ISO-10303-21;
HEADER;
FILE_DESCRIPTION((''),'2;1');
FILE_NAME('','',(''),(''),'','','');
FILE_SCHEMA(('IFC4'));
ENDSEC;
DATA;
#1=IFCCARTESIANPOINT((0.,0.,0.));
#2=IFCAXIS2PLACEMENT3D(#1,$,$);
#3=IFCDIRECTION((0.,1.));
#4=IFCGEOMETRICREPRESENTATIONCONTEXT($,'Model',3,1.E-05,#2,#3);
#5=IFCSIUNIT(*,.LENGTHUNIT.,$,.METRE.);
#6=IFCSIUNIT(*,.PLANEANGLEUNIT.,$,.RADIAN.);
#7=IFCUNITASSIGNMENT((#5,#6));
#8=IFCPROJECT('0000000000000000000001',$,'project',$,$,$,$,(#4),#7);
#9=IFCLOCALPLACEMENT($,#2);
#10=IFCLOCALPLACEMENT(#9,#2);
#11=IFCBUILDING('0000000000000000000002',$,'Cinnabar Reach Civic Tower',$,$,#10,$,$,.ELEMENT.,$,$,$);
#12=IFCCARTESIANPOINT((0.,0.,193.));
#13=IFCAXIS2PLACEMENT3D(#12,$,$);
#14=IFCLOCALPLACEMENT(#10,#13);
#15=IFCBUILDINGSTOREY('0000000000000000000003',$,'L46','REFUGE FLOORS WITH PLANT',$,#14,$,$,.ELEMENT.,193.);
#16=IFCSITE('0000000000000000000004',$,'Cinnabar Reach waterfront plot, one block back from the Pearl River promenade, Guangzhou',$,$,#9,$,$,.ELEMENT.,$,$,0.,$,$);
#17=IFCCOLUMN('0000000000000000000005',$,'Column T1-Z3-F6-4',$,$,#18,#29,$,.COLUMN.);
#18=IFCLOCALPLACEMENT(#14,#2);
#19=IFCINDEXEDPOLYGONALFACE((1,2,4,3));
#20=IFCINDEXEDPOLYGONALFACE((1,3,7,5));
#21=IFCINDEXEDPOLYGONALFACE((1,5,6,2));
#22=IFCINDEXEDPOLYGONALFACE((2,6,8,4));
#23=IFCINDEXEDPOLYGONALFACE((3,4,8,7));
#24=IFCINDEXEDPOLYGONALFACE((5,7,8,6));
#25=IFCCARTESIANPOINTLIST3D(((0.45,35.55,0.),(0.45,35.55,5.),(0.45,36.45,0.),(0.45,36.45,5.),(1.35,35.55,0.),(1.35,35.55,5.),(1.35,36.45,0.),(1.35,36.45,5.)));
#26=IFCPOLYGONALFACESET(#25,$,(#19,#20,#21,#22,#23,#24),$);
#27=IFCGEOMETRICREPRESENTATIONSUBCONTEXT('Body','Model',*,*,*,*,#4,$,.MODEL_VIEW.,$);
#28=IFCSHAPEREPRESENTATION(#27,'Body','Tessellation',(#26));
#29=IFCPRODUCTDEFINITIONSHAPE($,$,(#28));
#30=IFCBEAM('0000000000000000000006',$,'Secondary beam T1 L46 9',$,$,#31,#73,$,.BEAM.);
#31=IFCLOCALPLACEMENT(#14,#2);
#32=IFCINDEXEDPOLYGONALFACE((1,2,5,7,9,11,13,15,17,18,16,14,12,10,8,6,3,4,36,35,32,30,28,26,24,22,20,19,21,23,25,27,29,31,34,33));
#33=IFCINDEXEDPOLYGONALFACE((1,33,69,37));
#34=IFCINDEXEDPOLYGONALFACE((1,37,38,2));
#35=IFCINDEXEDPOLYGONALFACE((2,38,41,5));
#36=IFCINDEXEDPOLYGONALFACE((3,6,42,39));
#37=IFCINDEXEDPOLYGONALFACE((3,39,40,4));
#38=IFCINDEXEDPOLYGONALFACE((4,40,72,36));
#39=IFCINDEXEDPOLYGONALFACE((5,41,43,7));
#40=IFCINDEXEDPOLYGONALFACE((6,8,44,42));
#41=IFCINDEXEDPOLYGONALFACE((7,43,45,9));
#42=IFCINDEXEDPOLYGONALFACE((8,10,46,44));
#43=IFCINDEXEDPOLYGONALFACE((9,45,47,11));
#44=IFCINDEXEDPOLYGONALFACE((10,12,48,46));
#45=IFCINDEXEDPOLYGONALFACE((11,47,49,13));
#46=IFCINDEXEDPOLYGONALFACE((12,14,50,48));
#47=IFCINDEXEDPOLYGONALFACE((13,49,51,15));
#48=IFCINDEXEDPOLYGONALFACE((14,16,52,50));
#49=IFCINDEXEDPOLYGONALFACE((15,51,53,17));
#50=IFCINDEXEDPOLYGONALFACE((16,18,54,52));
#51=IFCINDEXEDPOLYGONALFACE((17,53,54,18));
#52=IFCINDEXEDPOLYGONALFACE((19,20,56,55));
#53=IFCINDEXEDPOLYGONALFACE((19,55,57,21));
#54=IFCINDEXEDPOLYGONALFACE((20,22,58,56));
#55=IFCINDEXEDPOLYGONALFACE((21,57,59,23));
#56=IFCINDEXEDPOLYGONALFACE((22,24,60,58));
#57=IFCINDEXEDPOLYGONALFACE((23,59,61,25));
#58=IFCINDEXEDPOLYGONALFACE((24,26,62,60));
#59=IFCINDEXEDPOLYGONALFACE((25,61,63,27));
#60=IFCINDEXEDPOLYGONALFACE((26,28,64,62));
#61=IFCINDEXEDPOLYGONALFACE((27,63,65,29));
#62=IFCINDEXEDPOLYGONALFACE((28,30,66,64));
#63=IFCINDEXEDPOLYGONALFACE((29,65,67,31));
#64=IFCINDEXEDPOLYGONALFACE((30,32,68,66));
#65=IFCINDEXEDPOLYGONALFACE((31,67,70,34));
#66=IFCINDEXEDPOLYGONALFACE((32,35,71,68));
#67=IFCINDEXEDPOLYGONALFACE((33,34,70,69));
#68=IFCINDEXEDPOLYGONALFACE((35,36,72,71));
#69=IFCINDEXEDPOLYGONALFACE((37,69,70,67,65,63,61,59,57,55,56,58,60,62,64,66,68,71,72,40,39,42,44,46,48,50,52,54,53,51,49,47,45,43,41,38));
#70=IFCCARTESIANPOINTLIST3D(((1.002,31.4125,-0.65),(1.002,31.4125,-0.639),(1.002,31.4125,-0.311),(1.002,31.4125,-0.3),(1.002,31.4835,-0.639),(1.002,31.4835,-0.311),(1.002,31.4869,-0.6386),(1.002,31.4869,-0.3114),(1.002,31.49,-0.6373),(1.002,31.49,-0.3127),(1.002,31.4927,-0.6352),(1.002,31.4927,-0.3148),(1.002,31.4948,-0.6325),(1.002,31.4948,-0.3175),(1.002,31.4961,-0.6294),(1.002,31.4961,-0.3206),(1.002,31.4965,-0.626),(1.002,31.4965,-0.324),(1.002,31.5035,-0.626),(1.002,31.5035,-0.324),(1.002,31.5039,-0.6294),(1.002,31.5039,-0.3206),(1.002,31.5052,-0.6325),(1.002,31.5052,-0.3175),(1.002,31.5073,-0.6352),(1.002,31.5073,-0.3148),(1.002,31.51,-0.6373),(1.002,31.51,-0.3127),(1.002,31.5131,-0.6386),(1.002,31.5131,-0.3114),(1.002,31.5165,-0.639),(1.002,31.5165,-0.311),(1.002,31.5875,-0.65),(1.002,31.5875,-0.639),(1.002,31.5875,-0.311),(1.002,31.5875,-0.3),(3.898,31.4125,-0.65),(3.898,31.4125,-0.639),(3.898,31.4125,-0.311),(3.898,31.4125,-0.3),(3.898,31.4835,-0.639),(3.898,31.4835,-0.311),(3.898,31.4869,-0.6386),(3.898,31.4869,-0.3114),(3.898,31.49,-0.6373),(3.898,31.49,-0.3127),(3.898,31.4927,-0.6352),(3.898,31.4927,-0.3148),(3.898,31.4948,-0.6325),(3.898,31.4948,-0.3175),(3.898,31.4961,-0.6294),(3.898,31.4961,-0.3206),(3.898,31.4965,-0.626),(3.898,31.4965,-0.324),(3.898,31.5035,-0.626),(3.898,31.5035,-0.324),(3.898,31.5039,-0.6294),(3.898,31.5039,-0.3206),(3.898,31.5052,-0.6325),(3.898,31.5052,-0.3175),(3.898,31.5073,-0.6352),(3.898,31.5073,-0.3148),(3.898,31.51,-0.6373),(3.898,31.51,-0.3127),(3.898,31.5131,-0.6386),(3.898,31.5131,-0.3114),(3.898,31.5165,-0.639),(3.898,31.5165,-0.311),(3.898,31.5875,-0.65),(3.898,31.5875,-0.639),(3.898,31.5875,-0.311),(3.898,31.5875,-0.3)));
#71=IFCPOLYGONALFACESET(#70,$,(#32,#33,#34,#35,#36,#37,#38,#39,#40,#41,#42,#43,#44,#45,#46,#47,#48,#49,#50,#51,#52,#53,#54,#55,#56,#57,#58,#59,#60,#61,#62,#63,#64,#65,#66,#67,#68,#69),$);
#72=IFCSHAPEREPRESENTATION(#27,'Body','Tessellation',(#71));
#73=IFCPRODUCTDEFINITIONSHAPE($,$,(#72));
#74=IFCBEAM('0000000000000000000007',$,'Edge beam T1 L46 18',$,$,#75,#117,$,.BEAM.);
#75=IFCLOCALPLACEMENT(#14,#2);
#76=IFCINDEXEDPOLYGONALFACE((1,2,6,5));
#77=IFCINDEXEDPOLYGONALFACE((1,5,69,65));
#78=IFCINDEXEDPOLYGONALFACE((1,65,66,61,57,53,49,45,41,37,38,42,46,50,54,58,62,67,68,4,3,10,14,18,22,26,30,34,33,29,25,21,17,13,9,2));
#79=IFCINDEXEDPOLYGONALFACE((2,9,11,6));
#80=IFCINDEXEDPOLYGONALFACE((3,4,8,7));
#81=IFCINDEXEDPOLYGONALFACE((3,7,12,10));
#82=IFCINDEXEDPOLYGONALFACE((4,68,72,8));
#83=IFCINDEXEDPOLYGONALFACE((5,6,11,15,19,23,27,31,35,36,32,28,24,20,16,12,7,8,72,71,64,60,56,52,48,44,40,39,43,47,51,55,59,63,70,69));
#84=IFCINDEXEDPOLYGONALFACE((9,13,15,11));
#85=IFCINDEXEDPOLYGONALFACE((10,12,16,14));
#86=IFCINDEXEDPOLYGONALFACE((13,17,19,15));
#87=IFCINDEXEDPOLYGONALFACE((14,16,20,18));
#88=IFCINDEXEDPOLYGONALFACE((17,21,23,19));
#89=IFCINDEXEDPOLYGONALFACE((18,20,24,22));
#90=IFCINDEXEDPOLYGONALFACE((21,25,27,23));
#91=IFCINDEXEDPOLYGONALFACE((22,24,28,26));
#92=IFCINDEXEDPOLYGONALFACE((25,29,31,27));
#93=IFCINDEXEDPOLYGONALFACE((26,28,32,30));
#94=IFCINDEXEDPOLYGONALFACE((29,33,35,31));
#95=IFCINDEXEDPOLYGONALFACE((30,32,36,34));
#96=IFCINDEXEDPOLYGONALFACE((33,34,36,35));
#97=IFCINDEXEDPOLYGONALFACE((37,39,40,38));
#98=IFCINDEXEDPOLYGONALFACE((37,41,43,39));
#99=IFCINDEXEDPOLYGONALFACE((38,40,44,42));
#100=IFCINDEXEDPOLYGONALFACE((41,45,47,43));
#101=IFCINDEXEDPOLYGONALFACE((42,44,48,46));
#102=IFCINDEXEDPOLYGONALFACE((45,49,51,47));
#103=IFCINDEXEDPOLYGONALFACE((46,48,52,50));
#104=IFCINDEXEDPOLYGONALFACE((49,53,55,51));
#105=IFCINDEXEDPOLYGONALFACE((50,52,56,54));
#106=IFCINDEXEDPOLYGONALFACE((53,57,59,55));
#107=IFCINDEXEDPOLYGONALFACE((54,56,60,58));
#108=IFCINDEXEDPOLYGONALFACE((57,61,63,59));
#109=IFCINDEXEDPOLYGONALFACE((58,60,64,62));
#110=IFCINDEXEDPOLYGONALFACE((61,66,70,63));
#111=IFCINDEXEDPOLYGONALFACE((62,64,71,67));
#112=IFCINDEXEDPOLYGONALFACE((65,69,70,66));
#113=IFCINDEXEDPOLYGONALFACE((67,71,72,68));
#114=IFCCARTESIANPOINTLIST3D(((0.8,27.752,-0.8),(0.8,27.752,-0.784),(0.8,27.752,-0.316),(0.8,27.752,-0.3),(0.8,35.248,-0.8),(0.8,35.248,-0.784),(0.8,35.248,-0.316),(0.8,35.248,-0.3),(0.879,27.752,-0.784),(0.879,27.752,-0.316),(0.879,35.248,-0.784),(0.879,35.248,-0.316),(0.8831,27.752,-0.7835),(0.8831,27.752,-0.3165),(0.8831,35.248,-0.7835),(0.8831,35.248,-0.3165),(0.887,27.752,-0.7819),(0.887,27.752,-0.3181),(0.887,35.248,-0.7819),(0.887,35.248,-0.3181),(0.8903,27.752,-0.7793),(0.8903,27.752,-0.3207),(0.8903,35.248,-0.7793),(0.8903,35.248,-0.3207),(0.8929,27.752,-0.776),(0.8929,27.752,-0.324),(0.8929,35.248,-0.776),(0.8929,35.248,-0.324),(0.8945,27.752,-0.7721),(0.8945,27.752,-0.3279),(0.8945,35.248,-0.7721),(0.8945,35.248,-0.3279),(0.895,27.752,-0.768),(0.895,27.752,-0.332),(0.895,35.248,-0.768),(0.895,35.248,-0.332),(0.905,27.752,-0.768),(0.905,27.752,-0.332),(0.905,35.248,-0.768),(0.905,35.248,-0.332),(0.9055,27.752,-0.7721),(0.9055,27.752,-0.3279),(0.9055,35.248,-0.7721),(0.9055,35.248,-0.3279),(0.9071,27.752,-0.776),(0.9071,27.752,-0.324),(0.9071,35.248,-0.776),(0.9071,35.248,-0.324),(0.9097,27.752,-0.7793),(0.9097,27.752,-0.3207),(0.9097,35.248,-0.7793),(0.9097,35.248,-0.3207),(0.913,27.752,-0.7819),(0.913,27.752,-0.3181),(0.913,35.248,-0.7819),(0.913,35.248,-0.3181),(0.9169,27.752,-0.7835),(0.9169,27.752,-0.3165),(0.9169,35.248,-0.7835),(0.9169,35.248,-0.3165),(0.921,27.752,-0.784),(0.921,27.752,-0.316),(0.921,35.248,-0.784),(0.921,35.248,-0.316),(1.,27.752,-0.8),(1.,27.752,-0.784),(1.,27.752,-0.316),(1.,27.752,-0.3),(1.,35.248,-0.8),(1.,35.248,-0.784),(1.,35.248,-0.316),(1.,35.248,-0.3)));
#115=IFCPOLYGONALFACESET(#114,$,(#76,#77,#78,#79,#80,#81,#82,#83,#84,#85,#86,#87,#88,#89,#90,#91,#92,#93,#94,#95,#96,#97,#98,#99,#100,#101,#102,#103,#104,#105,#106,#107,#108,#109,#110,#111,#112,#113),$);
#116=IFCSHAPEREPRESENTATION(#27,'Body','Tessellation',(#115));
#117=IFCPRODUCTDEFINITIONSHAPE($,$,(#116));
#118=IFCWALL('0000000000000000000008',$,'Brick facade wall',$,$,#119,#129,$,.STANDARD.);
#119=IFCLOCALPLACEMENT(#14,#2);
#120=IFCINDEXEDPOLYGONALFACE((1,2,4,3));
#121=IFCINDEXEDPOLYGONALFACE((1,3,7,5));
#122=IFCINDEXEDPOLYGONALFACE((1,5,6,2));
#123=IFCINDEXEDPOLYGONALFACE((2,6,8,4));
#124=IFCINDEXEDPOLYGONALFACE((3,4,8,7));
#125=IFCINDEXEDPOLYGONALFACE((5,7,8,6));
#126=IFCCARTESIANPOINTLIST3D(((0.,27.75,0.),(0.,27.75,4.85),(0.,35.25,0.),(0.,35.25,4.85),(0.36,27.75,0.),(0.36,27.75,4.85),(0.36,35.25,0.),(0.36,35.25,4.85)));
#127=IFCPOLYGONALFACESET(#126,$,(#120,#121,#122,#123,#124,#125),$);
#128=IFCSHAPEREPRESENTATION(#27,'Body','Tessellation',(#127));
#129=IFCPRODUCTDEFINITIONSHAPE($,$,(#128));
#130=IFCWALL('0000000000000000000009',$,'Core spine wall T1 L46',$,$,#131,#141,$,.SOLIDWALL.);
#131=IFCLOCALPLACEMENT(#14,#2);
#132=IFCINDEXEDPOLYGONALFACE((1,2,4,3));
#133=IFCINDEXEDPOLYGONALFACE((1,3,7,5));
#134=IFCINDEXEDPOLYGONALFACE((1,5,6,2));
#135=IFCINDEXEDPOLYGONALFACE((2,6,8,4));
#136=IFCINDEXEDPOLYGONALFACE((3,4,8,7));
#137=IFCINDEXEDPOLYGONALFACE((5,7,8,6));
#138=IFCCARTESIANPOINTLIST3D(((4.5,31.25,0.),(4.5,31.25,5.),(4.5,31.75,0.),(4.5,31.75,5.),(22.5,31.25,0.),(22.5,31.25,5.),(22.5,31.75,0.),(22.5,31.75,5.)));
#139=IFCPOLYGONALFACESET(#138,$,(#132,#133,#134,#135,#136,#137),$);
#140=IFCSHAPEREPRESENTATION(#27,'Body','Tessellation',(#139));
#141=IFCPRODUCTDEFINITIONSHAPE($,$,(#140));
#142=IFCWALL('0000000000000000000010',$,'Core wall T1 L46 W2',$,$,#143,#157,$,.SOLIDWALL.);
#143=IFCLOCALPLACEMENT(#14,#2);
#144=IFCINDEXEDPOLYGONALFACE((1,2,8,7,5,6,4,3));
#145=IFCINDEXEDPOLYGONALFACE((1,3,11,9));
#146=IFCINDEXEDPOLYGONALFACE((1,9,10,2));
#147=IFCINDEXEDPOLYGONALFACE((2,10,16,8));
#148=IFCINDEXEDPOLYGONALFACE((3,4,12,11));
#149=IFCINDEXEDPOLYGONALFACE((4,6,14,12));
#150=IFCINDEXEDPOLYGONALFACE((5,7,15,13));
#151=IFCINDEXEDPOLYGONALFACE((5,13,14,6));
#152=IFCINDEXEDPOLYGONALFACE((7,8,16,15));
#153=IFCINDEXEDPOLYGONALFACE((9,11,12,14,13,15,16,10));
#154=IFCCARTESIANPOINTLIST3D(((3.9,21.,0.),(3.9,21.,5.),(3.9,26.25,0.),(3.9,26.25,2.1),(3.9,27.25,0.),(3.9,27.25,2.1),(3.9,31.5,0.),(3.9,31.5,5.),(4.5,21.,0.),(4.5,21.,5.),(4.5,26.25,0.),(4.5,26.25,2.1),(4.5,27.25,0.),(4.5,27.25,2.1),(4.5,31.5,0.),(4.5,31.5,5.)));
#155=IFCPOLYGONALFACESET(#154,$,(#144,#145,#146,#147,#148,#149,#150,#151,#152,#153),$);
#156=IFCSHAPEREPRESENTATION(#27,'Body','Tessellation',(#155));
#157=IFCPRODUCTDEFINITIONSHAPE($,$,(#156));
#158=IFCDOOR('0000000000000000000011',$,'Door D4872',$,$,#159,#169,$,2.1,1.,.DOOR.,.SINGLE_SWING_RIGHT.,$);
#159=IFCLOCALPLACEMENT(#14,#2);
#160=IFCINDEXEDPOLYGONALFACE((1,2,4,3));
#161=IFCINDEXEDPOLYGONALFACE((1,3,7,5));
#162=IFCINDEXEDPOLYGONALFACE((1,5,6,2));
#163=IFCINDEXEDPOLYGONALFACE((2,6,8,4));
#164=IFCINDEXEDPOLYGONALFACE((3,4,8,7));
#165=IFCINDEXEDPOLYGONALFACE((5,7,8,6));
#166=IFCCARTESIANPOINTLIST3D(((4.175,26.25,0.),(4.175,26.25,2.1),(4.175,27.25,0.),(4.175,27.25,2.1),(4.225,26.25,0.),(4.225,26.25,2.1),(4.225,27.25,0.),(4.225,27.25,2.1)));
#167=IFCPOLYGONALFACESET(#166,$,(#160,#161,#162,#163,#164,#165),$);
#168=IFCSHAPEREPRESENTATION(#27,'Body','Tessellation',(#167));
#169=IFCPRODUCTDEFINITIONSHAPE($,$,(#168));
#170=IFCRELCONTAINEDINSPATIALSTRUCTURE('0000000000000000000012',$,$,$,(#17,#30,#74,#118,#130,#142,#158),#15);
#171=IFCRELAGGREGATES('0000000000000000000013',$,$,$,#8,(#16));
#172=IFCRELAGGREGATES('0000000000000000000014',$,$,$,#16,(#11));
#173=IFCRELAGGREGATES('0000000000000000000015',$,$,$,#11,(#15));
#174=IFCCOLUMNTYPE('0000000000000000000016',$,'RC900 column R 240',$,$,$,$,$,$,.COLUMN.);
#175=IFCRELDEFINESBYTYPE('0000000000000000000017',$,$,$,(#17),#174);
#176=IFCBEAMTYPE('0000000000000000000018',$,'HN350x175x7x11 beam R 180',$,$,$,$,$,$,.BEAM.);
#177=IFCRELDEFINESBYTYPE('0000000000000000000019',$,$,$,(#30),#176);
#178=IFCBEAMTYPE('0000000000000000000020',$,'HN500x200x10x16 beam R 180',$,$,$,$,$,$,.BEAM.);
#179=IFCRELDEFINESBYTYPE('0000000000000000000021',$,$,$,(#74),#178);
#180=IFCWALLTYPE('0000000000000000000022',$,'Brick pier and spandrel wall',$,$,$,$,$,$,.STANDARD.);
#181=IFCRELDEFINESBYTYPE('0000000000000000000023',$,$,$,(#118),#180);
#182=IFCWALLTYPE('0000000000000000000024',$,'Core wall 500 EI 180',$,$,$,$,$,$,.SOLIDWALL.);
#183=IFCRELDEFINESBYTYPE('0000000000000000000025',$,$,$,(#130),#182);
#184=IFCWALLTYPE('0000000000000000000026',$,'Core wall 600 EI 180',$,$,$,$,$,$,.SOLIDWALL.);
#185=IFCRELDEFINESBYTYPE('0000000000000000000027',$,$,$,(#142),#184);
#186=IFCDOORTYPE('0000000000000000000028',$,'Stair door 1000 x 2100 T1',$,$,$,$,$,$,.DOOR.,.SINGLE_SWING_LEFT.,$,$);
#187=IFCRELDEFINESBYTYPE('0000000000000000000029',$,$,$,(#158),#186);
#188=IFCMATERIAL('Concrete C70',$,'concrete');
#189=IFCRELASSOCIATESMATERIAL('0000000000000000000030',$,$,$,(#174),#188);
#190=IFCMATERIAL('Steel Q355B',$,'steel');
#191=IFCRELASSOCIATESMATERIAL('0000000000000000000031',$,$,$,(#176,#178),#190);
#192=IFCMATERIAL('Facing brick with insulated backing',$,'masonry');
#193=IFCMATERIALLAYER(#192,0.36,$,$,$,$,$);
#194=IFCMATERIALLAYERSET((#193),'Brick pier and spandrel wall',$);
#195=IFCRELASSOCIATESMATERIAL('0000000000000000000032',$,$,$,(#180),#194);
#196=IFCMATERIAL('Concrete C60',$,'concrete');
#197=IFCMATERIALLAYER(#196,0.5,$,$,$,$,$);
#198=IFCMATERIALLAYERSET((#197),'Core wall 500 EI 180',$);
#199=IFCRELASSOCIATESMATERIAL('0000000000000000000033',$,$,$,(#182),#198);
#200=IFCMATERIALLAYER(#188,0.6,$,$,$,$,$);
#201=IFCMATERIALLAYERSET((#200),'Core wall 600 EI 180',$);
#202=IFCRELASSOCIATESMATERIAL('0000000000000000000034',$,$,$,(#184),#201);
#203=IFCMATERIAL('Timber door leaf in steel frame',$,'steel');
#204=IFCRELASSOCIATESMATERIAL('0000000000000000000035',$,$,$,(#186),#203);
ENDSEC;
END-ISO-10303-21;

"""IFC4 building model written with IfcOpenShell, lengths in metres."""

from ifc_helpers import new_model, si_unit, direction, frame, frame_2d, origin, origin_2d, place, context, subcontext, project, spatial, rectangle, i_section, extrude, material, layer, layer_set, material_profile, profile_set, type_object, element, fill, save


model = new_model("IFC4")

# Units and contexts
model_context = context("Model", 3, precision=1e-05, world=origin(), true_north=direction((0.0, 1.0)))
body_context = subcontext(model_context, "Body", "Model", "MODEL_VIEW")
ifc_project = project(units=[si_unit("LENGTHUNIT", "METRE"), si_unit("PLANEANGLEUNIT", "RADIAN")], contexts=[model_context])

# Site, building, storey
site_placement = place(None, origin())
site = spatial("IfcSite", under=ifc_project, at=site_placement, Name="Cinnabar Reach waterfront plot, one block back from the Pearl River promenade, Guangzhou", CompositionType="ELEMENT", RefElevation=0.0)
building_placement = place(site_placement, origin())
building = spatial("IfcBuilding", under=site, at=building_placement, Name="Cinnabar Reach Civic Tower", CompositionType="ELEMENT")
storey_placement = place(building_placement, frame((0.0, 0.0, 193.0)))
storey = spatial("IfcBuildingStorey", under=building, at=storey_placement, Name="L46", Description="REFUGE FLOORS WITH PLANT", CompositionType="ELEMENT", Elevation=193.0)

# Column
ifc_material_1 = material(Name="Concrete C70", Category="concrete")
ifc_material_profile_1 = material_profile(ifc_material_1, rectangle(XDim=0.9, YDim=0.9, at=origin_2d()), Name="RC900")
ifc_profile_set_1 = profile_set([ifc_material_profile_1], Name="Concrete C70")
column_type = type_object("IfcColumnType", Name="RC900 column R 240", PredefinedType="COLUMN", material=ifc_profile_set_1)
column_placement = place(storey_placement, frame((0.9, 36.0, 0.0), z_axis=(0.0, 0.0, 1.0), x_axis=(1.0, 0.0, 0.0)))
element("IfcColumn", 1, at=column_placement, inside=storey, type_object=column_type, Name="Column T1-Z3-F6-4", PredefinedType="COLUMN", context=body_context, shape_type="SweptSolid", body=[
    extrude(rectangle(XDim=0.9, YDim=0.9, at=origin_2d()), origin(), (0.0, 0.0, 1.0), 5.0),
])

# Beams
ifc_material_2 = material(Name="Steel Q355B", Category="steel")
ifc_material_profile_2 = material_profile(ifc_material_2, i_section(OverallWidth=0.175, OverallDepth=0.35, WebThickness=0.007, FlangeThickness=0.011, FilletRadius=0.013, at=origin_2d()), Name="HN350x175x7x11")
ifc_profile_set_2 = profile_set([ifc_material_profile_2], Name="Steel Q355B")
beam_type_1 = type_object("IfcBeamType", Name="HN350x175x7x11 beam R 180", PredefinedType="BEAM", material=ifc_profile_set_2)
beam_1_placement = place(storey_placement, frame((1.002, 31.5, -0.475), z_axis=(1.0, 0.0, 0.0), x_axis=(0.0, 1.0, 0.0)))
element("IfcBeam", 2, at=beam_1_placement, inside=storey, type_object=beam_type_1, Name="Secondary beam T1 L46 9", PredefinedType="BEAM", context=body_context, shape_type="SweptSolid", body=[
    extrude(i_section(OverallWidth=0.175, OverallDepth=0.35, WebThickness=0.007, FlangeThickness=0.011, FilletRadius=0.013, at=origin_2d()), origin(), (0.0, 0.0, 1.0), 2.896),
])
ifc_material_profile_3 = material_profile(ifc_material_2, i_section(OverallWidth=0.2, OverallDepth=0.5, WebThickness=0.01, FlangeThickness=0.016, FilletRadius=0.016, at=origin_2d()), Name="HN500x200x10x16")
ifc_profile_set_3 = profile_set([ifc_material_profile_3], Name="Steel Q355B")
beam_type_2 = type_object("IfcBeamType", Name="HN500x200x10x16 beam R 180", PredefinedType="BEAM", material=ifc_profile_set_3)
beam_2_placement = place(storey_placement, frame((0.9, 35.248, -0.55), z_axis=(0.0, -1.0, 0.0), x_axis=(1.0, 0.0, 0.0)))
element("IfcBeam", 3, at=beam_2_placement, inside=storey, type_object=beam_type_2, Name="Edge beam T1 L46 18", PredefinedType="BEAM", context=body_context, shape_type="SweptSolid", body=[
    extrude(i_section(OverallWidth=0.2, OverallDepth=0.5, WebThickness=0.01, FlangeThickness=0.016, FilletRadius=0.016, at=origin_2d()), origin(), (0.0, 0.0, 1.0), 7.496),
])

# Walls
ifc_material_3 = material(Name="Facing brick with insulated backing", Category="masonry")
ifc_layer_1 = layer(ifc_material_3, 0.36)
ifc_layer_set_1 = layer_set([ifc_layer_1], Name="Brick pier and spandrel wall")
wall_type_1 = type_object("IfcWallType", Name="Brick pier and spandrel wall", PredefinedType="STANDARD", material=ifc_layer_set_1)
wall_1_placement = place(storey_placement, frame((0.18, 35.25, 0.0), z_axis=(0.0, 0.0, 1.0), x_axis=(0.0, -1.0, 0.0)))
element("IfcWall", 4, at=wall_1_placement, inside=storey, type_object=wall_type_1, Name="Brick facade wall", PredefinedType="STANDARD", context=body_context, shape_type="SweptSolid", body=[
    extrude(rectangle(XDim=7.5, YDim=0.36, at=frame_2d((3.75, 0.0))), origin(), (0.0, 0.0, 1.0), 4.85),
])
ifc_material_4 = material(Name="Concrete C60", Category="concrete")
ifc_layer_2 = layer(ifc_material_4, 0.5)
ifc_layer_set_2 = layer_set([ifc_layer_2], Name="Core wall 500 EI 180")
wall_type_2 = type_object("IfcWallType", Name="Core wall 500 EI 180", PredefinedType="SOLIDWALL", material=ifc_layer_set_2)
wall_2_placement = place(storey_placement, frame((4.5, 31.5, 0.0), z_axis=(0.0, 0.0, 1.0), x_axis=(1.0, 0.0, 0.0)))
element("IfcWall", 5, at=wall_2_placement, inside=storey, type_object=wall_type_2, Name="Core spine wall T1 L46", PredefinedType="SOLIDWALL", context=body_context, shape_type="SweptSolid", body=[
    extrude(rectangle(XDim=18.0, YDim=0.5, at=frame_2d((9.0, 0.0))), origin(), (0.0, 0.0, 1.0), 5.0),
])

# Wall, opening, door
ifc_layer_3 = layer(ifc_material_1, 0.6)
ifc_layer_set_3 = layer_set([ifc_layer_3], Name="Core wall 600 EI 180")
wall_type_3 = type_object("IfcWallType", Name="Core wall 600 EI 180", PredefinedType="SOLIDWALL", material=ifc_layer_set_3)
wall_3_placement = place(storey_placement, frame((4.2, 31.5, 0.0), z_axis=(0.0, 0.0, 1.0), x_axis=(0.0, -1.0, 0.0)))
wall_3 = element("IfcWall", 6, at=wall_3_placement, inside=storey, type_object=wall_type_3, Name="Core wall T1 L46 W2", PredefinedType="SOLIDWALL", context=body_context, shape_type="SweptSolid", body=[
    extrude(rectangle(XDim=10.5, YDim=0.6, at=frame_2d((5.25, 0.0))), origin(), (0.0, 0.0, 1.0), 5.0),
])
opening_1_placement = place(wall_3_placement, frame((4.25, 0.0, 0.0)))
opening_1 = element("IfcOpeningElement", 7, at=opening_1_placement, cuts=wall_3, PredefinedType="OPENING", context=body_context, shape_type="SweptSolid", body=[
    extrude(rectangle(XDim=1.0, YDim=2.1, at=frame_2d((0.5, 1.05))), frame((0.0, 0.31, 0.0), z_axis=(0.0, -1.0, 0.0), x_axis=(1.0, 0.0, 0.0)), (0.0, 0.0, 1.0), 0.62),
])
ifc_material_5 = material(Name="Timber door leaf in steel frame", Category="steel")
door_type_1 = type_object("IfcDoorType", Name="Stair door 1000 x 2100 T1", OperationType="SINGLE_SWING_LEFT", PredefinedType="DOOR", material=ifc_material_5)
door_1_placement = place(opening_1_placement, frame((1.0, 0.0, 0.0), z_axis=(0.0, 0.0, 1.0), x_axis=(-1.0, 0.0, 0.0)))
door_1 = element("IfcDoor", 8, at=door_1_placement, inside=storey, type_object=door_type_1, Name="Door D4872", OperationType="SINGLE_SWING_RIGHT", OverallHeight=2.1, OverallWidth=1.0, PredefinedType="DOOR", context=body_context, shape_type="SweptSolid", body=[
    extrude(rectangle(XDim=1.0, YDim=2.1, at=frame_2d((0.5, 1.05))), frame((0.0, 0.025, 0.0), z_axis=(0.0, -1.0, 0.0), x_axis=(1.0, 0.0, 0.0)), (0.0, 0.0, 1.0), 0.05),
])
fill(opening_1, door_1)

save(model, "model.ifc")
